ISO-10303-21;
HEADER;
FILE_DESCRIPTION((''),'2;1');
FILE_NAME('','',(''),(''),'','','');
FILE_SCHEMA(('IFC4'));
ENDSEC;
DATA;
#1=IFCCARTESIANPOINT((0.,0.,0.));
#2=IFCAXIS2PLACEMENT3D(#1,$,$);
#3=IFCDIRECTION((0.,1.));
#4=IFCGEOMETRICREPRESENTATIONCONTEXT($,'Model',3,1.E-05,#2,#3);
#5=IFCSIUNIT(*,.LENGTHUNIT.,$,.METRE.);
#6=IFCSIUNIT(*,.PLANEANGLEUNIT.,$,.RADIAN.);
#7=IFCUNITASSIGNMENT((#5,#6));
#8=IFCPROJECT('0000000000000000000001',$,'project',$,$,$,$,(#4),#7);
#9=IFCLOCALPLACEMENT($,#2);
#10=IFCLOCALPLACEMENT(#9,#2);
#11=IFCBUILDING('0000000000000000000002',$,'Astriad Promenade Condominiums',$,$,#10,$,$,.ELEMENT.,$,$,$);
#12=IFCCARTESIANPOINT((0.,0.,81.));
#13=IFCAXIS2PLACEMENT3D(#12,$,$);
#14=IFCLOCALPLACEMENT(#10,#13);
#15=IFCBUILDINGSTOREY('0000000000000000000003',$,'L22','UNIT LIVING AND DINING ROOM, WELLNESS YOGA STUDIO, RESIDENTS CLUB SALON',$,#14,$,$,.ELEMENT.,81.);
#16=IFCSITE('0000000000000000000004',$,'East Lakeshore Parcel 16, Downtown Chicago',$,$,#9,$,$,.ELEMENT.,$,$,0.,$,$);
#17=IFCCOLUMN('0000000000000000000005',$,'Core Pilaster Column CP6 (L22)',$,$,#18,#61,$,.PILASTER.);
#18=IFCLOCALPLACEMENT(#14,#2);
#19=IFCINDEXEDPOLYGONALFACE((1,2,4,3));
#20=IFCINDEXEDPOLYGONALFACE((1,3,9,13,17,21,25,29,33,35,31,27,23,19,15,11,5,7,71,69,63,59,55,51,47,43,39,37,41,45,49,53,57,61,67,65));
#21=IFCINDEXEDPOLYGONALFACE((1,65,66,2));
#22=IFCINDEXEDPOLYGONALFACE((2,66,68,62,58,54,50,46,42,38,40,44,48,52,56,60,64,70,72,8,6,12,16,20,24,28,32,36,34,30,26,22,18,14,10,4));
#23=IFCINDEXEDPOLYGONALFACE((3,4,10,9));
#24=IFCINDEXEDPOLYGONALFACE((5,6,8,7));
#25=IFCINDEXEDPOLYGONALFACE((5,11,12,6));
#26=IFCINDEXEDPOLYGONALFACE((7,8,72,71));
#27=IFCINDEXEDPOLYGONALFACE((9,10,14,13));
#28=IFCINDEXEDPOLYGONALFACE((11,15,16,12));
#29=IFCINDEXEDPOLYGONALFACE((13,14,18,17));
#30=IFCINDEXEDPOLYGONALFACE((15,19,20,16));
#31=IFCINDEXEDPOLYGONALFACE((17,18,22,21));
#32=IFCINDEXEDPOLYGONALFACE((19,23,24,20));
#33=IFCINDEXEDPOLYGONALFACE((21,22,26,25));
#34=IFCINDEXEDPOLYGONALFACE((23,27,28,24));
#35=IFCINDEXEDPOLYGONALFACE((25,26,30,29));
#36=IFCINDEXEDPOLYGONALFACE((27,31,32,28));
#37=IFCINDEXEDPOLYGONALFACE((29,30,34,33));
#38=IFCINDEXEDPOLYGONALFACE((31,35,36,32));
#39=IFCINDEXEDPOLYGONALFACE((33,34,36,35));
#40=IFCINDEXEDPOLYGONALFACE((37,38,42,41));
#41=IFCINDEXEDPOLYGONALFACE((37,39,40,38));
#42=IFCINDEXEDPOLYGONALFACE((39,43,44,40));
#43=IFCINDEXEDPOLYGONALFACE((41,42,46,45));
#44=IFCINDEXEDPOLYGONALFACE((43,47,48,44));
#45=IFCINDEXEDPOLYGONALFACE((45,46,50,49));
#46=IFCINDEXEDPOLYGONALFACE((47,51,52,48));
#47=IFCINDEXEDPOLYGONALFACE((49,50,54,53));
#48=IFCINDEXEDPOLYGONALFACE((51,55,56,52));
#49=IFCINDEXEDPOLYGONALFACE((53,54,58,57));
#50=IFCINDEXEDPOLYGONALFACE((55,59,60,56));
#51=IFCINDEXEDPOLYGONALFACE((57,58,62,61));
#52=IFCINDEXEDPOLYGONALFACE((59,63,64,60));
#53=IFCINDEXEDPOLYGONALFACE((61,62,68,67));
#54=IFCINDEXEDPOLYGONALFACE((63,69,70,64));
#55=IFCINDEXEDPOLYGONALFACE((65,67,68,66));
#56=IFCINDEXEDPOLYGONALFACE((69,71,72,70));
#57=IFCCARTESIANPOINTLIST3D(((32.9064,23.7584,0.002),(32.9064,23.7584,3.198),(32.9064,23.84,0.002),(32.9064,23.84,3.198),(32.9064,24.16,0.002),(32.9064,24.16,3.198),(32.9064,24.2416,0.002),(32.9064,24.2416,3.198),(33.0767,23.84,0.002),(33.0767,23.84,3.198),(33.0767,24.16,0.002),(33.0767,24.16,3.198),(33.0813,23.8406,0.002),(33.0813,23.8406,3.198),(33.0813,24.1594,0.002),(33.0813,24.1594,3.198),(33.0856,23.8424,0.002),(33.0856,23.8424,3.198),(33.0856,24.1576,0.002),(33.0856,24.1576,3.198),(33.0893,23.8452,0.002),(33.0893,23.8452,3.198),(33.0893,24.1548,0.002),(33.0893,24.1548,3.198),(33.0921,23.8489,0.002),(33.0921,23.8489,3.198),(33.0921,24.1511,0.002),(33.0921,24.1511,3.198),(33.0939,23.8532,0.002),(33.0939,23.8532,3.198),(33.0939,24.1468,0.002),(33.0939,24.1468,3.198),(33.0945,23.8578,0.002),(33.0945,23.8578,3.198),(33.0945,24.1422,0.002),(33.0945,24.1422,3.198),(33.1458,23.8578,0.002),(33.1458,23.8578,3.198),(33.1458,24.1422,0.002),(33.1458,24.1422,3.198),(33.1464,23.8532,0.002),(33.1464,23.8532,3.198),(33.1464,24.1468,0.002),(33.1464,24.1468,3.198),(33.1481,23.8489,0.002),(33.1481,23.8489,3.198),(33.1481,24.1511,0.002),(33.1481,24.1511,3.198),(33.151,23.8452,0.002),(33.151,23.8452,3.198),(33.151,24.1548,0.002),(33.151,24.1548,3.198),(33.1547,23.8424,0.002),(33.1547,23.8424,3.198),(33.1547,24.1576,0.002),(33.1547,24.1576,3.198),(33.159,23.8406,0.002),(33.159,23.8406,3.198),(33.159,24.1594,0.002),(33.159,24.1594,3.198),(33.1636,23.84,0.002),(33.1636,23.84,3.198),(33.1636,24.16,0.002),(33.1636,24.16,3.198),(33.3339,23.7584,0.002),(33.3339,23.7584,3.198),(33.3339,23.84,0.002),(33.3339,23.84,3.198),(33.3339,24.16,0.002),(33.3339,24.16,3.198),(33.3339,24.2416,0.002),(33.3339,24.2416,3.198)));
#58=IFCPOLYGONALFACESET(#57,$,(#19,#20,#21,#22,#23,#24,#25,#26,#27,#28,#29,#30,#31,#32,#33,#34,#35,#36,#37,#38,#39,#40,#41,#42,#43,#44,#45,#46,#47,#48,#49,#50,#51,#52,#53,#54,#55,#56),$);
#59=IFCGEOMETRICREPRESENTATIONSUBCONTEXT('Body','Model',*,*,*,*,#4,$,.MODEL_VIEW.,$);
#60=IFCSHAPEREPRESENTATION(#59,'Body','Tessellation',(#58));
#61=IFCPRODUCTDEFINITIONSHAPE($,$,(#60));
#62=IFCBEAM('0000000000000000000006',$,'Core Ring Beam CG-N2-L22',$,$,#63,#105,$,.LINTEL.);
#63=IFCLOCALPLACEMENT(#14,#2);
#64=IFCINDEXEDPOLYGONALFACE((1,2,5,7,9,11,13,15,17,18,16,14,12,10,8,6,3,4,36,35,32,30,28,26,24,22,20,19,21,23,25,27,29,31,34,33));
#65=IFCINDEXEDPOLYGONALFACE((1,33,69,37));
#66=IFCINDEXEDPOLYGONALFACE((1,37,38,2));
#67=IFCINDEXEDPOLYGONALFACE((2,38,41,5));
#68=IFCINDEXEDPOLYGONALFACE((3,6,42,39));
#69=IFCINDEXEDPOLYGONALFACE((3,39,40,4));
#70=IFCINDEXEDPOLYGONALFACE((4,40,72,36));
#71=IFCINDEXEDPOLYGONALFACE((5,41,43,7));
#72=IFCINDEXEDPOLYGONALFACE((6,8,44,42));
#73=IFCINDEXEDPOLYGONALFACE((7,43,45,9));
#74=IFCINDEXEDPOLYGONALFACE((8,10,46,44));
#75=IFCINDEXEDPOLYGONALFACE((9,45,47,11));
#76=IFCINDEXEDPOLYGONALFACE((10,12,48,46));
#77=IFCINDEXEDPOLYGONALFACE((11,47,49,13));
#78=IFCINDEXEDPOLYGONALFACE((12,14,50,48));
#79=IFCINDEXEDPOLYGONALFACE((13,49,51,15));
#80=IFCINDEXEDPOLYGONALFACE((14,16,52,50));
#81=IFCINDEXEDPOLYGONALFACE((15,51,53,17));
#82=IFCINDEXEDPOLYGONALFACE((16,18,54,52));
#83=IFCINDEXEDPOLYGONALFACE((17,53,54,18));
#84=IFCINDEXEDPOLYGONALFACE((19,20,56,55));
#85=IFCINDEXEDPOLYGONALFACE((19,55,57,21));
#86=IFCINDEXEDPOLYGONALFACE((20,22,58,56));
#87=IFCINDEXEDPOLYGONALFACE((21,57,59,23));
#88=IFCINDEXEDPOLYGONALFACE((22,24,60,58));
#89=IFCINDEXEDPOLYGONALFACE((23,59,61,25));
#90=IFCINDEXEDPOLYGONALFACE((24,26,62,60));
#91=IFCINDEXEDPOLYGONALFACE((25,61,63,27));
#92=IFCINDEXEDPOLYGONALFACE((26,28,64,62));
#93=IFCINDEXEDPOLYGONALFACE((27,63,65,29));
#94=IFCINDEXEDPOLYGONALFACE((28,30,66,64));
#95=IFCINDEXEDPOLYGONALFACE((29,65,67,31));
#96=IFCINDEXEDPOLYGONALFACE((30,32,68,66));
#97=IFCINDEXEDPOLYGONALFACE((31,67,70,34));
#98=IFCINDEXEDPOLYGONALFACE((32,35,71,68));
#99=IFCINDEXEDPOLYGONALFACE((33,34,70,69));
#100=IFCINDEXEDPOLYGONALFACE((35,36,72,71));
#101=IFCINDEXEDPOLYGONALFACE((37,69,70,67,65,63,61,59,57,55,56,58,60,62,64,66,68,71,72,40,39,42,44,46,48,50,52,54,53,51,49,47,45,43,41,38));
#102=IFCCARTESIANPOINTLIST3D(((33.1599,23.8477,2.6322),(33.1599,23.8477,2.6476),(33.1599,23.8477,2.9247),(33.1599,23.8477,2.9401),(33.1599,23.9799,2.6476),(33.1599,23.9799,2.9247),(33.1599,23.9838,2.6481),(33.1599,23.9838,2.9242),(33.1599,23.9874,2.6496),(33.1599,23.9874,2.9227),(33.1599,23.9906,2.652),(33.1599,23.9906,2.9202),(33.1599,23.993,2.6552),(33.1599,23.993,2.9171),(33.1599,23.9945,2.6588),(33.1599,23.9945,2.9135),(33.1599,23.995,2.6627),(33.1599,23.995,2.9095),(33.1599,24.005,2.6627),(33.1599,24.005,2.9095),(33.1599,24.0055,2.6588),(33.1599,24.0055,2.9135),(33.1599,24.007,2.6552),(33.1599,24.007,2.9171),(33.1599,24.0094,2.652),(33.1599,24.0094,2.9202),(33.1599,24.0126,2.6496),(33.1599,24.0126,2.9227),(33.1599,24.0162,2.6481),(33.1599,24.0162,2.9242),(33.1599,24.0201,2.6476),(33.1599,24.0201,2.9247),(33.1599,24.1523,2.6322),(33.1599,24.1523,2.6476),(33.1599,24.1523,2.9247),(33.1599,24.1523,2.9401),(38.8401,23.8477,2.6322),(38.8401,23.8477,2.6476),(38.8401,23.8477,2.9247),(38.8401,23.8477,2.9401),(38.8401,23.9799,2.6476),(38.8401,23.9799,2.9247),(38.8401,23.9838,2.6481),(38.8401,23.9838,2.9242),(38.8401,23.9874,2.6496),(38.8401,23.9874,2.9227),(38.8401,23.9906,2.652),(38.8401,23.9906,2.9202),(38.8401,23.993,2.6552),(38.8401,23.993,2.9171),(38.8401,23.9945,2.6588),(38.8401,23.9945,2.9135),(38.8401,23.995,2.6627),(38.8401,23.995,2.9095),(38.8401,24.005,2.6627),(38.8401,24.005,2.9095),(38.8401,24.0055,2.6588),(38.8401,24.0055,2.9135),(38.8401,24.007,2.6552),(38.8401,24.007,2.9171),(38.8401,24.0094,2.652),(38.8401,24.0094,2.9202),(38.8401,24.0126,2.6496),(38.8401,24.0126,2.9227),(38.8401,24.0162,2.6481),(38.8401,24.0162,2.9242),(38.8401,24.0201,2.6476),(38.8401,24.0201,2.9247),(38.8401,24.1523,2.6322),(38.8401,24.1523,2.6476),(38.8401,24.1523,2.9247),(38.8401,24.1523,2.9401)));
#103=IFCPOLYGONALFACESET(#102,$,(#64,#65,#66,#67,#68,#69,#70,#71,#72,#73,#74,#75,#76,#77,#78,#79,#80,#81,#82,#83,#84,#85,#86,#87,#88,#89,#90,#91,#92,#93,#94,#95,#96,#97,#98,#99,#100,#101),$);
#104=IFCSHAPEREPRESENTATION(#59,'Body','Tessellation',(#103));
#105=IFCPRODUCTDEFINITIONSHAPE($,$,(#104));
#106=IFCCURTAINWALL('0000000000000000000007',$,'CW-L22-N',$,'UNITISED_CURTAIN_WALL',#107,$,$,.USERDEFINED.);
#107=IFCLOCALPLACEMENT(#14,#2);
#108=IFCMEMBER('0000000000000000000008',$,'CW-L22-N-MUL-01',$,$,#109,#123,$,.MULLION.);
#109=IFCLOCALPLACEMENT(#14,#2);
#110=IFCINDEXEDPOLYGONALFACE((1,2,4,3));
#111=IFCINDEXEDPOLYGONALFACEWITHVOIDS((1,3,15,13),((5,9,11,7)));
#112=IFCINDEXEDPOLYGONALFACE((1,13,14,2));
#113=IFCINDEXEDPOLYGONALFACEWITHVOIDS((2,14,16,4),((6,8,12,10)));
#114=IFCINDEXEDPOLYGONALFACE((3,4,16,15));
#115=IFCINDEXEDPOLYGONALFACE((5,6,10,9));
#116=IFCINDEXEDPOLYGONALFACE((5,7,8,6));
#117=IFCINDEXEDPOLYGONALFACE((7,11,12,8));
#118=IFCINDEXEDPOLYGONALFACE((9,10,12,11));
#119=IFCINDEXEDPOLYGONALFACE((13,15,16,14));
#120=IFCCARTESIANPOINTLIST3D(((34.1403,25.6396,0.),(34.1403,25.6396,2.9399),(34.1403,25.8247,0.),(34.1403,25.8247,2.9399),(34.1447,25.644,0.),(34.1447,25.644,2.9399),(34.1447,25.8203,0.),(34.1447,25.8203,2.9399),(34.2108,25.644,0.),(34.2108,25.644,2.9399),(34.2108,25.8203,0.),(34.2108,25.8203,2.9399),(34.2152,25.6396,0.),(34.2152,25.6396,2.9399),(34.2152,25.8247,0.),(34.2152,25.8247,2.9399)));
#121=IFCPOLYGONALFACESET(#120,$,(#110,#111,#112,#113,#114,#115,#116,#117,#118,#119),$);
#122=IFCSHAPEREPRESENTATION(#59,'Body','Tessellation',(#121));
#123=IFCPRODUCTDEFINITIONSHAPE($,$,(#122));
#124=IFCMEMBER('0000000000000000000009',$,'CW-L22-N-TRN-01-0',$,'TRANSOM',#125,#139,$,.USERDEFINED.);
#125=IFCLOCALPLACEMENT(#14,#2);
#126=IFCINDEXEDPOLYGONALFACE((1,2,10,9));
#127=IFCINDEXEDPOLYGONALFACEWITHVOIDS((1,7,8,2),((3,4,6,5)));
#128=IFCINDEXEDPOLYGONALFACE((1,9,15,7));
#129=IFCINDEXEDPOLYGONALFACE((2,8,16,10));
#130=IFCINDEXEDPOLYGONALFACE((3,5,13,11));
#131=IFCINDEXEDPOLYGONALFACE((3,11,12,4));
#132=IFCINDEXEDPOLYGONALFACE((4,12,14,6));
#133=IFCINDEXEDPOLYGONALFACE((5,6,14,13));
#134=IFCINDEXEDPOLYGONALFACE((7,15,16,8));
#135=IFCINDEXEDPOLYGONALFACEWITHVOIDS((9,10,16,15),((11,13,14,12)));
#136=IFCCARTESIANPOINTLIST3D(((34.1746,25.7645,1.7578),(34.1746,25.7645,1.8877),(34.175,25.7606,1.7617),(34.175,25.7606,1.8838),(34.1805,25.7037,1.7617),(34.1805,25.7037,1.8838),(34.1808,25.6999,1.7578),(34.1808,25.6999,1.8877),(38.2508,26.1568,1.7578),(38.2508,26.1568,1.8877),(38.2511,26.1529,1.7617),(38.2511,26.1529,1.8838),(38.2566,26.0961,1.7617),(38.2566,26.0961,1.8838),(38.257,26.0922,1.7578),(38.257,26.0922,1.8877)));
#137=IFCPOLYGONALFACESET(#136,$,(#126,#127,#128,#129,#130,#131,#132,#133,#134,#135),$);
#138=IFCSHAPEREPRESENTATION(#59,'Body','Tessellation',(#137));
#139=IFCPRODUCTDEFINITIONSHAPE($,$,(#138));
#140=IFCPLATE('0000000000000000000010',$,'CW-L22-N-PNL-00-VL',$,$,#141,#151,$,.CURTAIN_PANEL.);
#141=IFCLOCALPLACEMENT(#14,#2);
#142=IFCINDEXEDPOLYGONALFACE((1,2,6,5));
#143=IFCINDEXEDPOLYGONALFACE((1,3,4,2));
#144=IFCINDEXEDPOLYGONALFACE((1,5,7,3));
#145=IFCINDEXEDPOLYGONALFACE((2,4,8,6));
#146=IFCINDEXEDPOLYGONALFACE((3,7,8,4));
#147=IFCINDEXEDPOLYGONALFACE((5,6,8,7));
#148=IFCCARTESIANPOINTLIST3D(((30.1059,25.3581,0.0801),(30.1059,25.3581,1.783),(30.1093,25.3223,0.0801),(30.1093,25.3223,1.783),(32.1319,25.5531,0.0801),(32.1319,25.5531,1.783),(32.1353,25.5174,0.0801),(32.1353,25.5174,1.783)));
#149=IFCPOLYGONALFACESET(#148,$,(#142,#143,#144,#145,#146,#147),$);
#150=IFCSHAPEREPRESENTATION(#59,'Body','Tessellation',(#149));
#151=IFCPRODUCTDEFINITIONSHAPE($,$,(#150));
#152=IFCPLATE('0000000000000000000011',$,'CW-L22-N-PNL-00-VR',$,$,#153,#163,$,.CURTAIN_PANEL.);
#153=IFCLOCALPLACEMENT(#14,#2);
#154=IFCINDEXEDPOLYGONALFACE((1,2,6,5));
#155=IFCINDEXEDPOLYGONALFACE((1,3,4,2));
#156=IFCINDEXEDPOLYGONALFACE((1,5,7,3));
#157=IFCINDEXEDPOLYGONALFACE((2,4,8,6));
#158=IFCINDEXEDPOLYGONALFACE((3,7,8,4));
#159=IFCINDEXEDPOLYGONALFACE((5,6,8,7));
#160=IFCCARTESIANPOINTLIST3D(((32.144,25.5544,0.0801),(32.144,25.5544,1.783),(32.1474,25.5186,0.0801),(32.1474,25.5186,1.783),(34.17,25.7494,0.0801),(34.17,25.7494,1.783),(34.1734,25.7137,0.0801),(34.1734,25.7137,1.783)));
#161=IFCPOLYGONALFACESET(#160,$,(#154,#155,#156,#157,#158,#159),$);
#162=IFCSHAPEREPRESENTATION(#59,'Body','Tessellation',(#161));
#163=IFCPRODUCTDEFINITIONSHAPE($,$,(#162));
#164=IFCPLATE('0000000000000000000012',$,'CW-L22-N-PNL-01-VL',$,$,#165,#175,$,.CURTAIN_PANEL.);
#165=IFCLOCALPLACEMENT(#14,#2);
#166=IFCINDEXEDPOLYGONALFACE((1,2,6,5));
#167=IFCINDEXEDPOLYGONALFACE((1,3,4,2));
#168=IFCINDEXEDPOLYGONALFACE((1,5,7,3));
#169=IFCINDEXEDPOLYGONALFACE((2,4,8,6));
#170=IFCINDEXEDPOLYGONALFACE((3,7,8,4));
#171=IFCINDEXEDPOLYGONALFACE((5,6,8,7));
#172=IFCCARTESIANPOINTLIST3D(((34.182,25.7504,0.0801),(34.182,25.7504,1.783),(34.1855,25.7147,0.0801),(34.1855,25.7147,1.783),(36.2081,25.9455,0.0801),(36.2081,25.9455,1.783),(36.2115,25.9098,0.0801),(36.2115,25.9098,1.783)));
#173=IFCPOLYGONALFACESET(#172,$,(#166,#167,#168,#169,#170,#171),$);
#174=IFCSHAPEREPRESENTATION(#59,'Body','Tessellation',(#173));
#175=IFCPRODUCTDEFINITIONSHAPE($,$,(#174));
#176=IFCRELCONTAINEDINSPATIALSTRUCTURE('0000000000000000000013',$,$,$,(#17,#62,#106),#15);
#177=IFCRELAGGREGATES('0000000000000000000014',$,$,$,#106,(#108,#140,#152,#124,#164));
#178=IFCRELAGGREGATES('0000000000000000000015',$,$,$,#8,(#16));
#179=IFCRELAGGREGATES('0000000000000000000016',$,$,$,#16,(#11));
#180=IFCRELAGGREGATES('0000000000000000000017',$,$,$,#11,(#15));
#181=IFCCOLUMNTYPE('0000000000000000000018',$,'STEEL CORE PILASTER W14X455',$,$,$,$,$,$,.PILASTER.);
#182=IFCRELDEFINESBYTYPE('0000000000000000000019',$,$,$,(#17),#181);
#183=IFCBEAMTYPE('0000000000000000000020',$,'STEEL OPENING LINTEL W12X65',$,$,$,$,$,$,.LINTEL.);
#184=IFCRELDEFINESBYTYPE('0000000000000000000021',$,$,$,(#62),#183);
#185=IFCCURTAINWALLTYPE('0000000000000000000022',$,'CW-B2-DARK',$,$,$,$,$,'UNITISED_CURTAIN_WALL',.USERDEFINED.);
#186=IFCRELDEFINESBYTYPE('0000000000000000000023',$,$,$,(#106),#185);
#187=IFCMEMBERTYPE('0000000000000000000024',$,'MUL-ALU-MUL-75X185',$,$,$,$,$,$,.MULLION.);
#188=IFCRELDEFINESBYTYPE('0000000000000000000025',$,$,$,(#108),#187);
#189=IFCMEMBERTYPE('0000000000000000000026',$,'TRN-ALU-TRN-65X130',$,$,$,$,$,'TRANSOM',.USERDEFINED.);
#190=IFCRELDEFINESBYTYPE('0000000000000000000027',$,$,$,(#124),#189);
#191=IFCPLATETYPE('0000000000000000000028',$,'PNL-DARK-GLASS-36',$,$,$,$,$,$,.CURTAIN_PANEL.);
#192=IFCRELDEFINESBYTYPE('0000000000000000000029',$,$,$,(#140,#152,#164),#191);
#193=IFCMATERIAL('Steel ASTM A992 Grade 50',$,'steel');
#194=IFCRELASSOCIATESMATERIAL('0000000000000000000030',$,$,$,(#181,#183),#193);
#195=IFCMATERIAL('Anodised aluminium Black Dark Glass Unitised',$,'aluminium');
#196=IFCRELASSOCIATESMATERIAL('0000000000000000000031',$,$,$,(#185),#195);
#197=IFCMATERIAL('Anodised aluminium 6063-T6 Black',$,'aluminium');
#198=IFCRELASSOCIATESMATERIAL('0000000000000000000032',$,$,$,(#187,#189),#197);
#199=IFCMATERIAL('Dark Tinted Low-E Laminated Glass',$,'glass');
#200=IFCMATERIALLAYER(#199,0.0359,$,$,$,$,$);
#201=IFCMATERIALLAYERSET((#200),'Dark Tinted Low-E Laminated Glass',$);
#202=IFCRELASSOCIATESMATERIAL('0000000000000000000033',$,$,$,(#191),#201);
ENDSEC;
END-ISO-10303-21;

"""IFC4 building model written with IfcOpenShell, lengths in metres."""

from ifc_helpers import new_model, si_unit, direction, frame, origin, origin_2d, place, context, subcontext, project, spatial, rectangle, hollow_rectangle, i_section, extrude, source, transform, mapped, material, layer, layer_set, material_profile, profile_set, type_object, type_shapes, element, aggregate, save


model = new_model("IFC4")

# Units and contexts
model_context = context("Model", 3, precision=1e-05, world=origin(), true_north=direction((0.0, 1.0)))
body_context = subcontext(model_context, "Body", "Model", "MODEL_VIEW")
ifc_project = project(units=[si_unit("LENGTHUNIT", "METRE"), si_unit("PLANEANGLEUNIT", "RADIAN")], contexts=[model_context])

# Site, building, storey
site_placement = place(None, origin())
site = spatial("IfcSite", under=ifc_project, at=site_placement, Name="East Lakeshore Parcel 16, Downtown Chicago", CompositionType="ELEMENT", RefElevation=0.0)
building_placement = place(site_placement, origin())
building = spatial("IfcBuilding", under=site, at=building_placement, Name="Astriad Promenade Condominiums", CompositionType="ELEMENT")
storey_placement = place(building_placement, frame((0.0, 0.0, 81.0)))
storey = spatial("IfcBuildingStorey", under=building, at=storey_placement, Name="L22", Description="UNIT LIVING AND DINING ROOM, WELLNESS YOGA STUDIO, RESIDENTS CLUB SALON", CompositionType="ELEMENT", Elevation=81.0)

# Column
ifc_material_1 = material(Name="Steel ASTM A992 Grade 50", Category="steel")
ifc_material_profile_1 = material_profile(ifc_material_1, i_section(OverallWidth=0.4275, OverallDepth=0.4832, WebThickness=0.0513, FlangeThickness=0.0815, FilletRadius=0.0178, at=origin_2d()), Name="W14X455")
ifc_profile_set_1 = profile_set([ifc_material_profile_1], Name="Steel ASTM A992 Grade 50")
column_type = type_object("IfcColumnType", Name="STEEL CORE PILASTER W14X455", PredefinedType="PILASTER", material=ifc_profile_set_1)
shared_shape_1 = source(origin(), body_context, "Body", "SweptSolid", [
    extrude(i_section(OverallWidth=0.4275, OverallDepth=0.4832, WebThickness=0.0513, FlangeThickness=0.0815, FilletRadius=0.0178, at=origin_2d()), origin(), (0.0, 0.0, 1.0), 3.196),
])
type_shapes(column_type, [shared_shape_1])
column_placement = place(storey_placement, frame((33.1201, 24.0, 0.002), z_axis=(0.0, 0.0, 1.0), x_axis=(1.0, 0.0, 0.0)))
element("IfcColumn", 1, at=column_placement, inside=storey, type_object=column_type, Name="Core Pilaster Column CP6 (L22)", PredefinedType="PILASTER", context=body_context, shape_type="MappedRepresentation", body=[
    mapped(shared_shape_1, transform((0.0, 0.0, 0.0), scale=1.0)),
])

# Beam
ifc_material_profile_2 = material_profile(ifc_material_1, i_section(OverallWidth=0.3047, OverallDepth=0.3079, WebThickness=0.01, FlangeThickness=0.0154, FilletRadius=0.0151, at=origin_2d()), Name="W12X65")
ifc_profile_set_2 = profile_set([ifc_material_profile_2], Name="Steel ASTM A992 Grade 50")
beam_type = type_object("IfcBeamType", Name="STEEL OPENING LINTEL W12X65", PredefinedType="LINTEL", material=ifc_profile_set_2)
shared_shape_2 = source(origin(), body_context, "Body", "SweptSolid", [
    extrude(i_section(OverallWidth=0.3047, OverallDepth=0.3079, WebThickness=0.01, FlangeThickness=0.0154, FilletRadius=0.0151, at=origin_2d()), origin(), (0.0, 0.0, 1.0), 5.6802),
])
type_shapes(beam_type, [shared_shape_2])
beam_placement = place(storey_placement, frame((33.1599, 24.0, 2.7861), z_axis=(1.0, 0.0, 0.0), x_axis=(0.0, 1.0, 0.0)))
element("IfcBeam", 2, at=beam_placement, inside=storey, type_object=beam_type, Name="Core Ring Beam CG-N2-L22", PredefinedType="LINTEL", context=body_context, shape_type="MappedRepresentation", body=[
    mapped(shared_shape_2, transform((0.0, 0.0, 0.0), scale=1.0)),
])

# Curtain wall, members, plates
ifc_material_2 = material(Name="Anodised aluminium Black Dark Glass Unitised", Category="aluminium")
curtain_wall_type = type_object("IfcCurtainWallType", Name="CW-B2-DARK", ElementType="UNITISED_CURTAIN_WALL", PredefinedType="USERDEFINED", material=ifc_material_2)
curtain_wall_placement = place(storey_placement, origin())
curtain_wall = element("IfcCurtainWall", 3, at=curtain_wall_placement, inside=storey, type_object=curtain_wall_type, Name="CW-L22-N", ObjectType="UNITISED_CURTAIN_WALL", PredefinedType="USERDEFINED")
ifc_material_3 = material(Name="Anodised aluminium 6063-T6 Black", Category="aluminium")
ifc_material_profile_3 = material_profile(ifc_material_3, hollow_rectangle(XDim=0.075, YDim=0.1851, WallThickness=0.0044, at=origin_2d()), Name="ALU-MUL-75X185")
ifc_profile_set_3 = profile_set([ifc_material_profile_3], Name="Anodised aluminium 6063-T6 Black")
member_type_1 = type_object("IfcMemberType", Name="MUL-ALU-MUL-75X185", PredefinedType="MULLION", material=ifc_profile_set_3)
shared_shape_3 = source(origin(), body_context, "Body", "SweptSolid", [
    extrude(hollow_rectangle(XDim=0.075, YDim=0.1851, WallThickness=0.0044, at=origin_2d()), origin(), (0.0, 0.0, 1.0), 2.9399),
])
type_shapes(member_type_1, [shared_shape_3])
member_1_placement = place(storey_placement, frame((34.1777, 25.7322, 0.0), z_axis=(0.0, 0.0, 1.0), x_axis=(1.0, 0.0, 0.0)))
member_1 = element("IfcMember", 4, at=member_1_placement, type_object=member_type_1, Name="CW-L22-N-MUL-01", PredefinedType="MULLION", context=body_context, shape_type="MappedRepresentation", body=[
    mapped(shared_shape_3, transform((0.0, 0.0, 0.0), scale=1.0)),
])
ifc_material_profile_4 = material_profile(ifc_material_3, hollow_rectangle(XDim=0.0649, YDim=0.1299, WallThickness=0.0039, at=origin_2d()), Name="ALU-TRN-65X130")
ifc_profile_set_4 = profile_set([ifc_material_profile_4], Name="Anodised aluminium 6063-T6 Black")
member_type_2 = type_object("IfcMemberType", Name="TRN-ALU-TRN-65X130", ElementType="TRANSOM", PredefinedType="USERDEFINED", material=ifc_profile_set_4)
shared_shape_4 = source(origin(), body_context, "Body", "SweptSolid", [
    extrude(hollow_rectangle(XDim=0.0649, YDim=0.1299, WallThickness=0.0039, at=origin_2d()), origin(), (0.0, 0.0, 1.0), 4.095),
])
type_shapes(member_type_2, [shared_shape_4])
member_2_placement = place(storey_placement, frame((34.1777, 25.7322, 1.8228), z_axis=(0.9954, 0.095808, 0.0), x_axis=(-0.095808, 0.9954, 0.0)))
member_2 = element("IfcMember", 5, at=member_2_placement, type_object=member_type_2, Name="CW-L22-N-TRN-01-0", ObjectType="TRANSOM", PredefinedType="USERDEFINED", context=body_context, shape_type="MappedRepresentation", body=[
    mapped(shared_shape_4, transform((0.0, 0.0, 0.0), scale=1.0)),
])
ifc_material_4 = material(Name="Dark Tinted Low-E Laminated Glass", Category="glass")
ifc_layer_1 = layer(ifc_material_4, 0.0359)
ifc_layer_set_1 = layer_set([ifc_layer_1], Name="Dark Tinted Low-E Laminated Glass")
plate_type = type_object("IfcPlateType", Name="PNL-DARK-GLASS-36", PredefinedType="CURTAIN_PANEL", material=ifc_layer_set_1)
shared_shape_5 = source(origin(), body_context, "Body", "SweptSolid", [
    extrude(rectangle(XDim=2.0354, YDim=0.0359, at=origin_2d()), origin(), (0.0, 0.0, 1.0), 1.7029),
])
plate_1_placement = place(storey_placement, frame((31.1206, 25.4377, 0.0801), z_axis=(0.0, 0.0, 1.0), x_axis=(0.995396, 0.095846, 0.0)))
plate_1 = element("IfcPlate", 6, at=plate_1_placement, type_object=plate_type, Name="CW-L22-N-PNL-00-VL", PredefinedType="CURTAIN_PANEL", context=body_context, shape_type="MappedRepresentation", body=[
    mapped(shared_shape_5, transform((0.0, 0.0, 0.0), scale=1.0)),
])
plate_2_placement = place(storey_placement, frame((33.1587, 25.634, 0.0801), z_axis=(0.0, 0.0, 1.0), x_axis=(0.995396, 0.095846, 0.0)))
plate_2 = element("IfcPlate", 7, at=plate_2_placement, type_object=plate_type, Name="CW-L22-N-PNL-00-VR", PredefinedType="CURTAIN_PANEL", context=body_context, shape_type="MappedRepresentation", body=[
    mapped(shared_shape_5, transform((0.0, 0.0, 0.0), scale=1.0)),
])
plate_3_placement = place(storey_placement, frame((35.1968, 25.8301, 0.0801), z_axis=(0.0, 0.0, 1.0), x_axis=(0.995396, 0.095846, 0.0)))
plate_3 = element("IfcPlate", 8, at=plate_3_placement, type_object=plate_type, Name="CW-L22-N-PNL-01-VL", PredefinedType="CURTAIN_PANEL", context=body_context, shape_type="MappedRepresentation", body=[
    mapped(shared_shape_5, transform((0.0, 0.0, 0.0), scale=1.0)),
])
aggregate(curtain_wall, [member_1, plate_1, plate_2, member_2, plate_3])

save(model, "model.ifc")
